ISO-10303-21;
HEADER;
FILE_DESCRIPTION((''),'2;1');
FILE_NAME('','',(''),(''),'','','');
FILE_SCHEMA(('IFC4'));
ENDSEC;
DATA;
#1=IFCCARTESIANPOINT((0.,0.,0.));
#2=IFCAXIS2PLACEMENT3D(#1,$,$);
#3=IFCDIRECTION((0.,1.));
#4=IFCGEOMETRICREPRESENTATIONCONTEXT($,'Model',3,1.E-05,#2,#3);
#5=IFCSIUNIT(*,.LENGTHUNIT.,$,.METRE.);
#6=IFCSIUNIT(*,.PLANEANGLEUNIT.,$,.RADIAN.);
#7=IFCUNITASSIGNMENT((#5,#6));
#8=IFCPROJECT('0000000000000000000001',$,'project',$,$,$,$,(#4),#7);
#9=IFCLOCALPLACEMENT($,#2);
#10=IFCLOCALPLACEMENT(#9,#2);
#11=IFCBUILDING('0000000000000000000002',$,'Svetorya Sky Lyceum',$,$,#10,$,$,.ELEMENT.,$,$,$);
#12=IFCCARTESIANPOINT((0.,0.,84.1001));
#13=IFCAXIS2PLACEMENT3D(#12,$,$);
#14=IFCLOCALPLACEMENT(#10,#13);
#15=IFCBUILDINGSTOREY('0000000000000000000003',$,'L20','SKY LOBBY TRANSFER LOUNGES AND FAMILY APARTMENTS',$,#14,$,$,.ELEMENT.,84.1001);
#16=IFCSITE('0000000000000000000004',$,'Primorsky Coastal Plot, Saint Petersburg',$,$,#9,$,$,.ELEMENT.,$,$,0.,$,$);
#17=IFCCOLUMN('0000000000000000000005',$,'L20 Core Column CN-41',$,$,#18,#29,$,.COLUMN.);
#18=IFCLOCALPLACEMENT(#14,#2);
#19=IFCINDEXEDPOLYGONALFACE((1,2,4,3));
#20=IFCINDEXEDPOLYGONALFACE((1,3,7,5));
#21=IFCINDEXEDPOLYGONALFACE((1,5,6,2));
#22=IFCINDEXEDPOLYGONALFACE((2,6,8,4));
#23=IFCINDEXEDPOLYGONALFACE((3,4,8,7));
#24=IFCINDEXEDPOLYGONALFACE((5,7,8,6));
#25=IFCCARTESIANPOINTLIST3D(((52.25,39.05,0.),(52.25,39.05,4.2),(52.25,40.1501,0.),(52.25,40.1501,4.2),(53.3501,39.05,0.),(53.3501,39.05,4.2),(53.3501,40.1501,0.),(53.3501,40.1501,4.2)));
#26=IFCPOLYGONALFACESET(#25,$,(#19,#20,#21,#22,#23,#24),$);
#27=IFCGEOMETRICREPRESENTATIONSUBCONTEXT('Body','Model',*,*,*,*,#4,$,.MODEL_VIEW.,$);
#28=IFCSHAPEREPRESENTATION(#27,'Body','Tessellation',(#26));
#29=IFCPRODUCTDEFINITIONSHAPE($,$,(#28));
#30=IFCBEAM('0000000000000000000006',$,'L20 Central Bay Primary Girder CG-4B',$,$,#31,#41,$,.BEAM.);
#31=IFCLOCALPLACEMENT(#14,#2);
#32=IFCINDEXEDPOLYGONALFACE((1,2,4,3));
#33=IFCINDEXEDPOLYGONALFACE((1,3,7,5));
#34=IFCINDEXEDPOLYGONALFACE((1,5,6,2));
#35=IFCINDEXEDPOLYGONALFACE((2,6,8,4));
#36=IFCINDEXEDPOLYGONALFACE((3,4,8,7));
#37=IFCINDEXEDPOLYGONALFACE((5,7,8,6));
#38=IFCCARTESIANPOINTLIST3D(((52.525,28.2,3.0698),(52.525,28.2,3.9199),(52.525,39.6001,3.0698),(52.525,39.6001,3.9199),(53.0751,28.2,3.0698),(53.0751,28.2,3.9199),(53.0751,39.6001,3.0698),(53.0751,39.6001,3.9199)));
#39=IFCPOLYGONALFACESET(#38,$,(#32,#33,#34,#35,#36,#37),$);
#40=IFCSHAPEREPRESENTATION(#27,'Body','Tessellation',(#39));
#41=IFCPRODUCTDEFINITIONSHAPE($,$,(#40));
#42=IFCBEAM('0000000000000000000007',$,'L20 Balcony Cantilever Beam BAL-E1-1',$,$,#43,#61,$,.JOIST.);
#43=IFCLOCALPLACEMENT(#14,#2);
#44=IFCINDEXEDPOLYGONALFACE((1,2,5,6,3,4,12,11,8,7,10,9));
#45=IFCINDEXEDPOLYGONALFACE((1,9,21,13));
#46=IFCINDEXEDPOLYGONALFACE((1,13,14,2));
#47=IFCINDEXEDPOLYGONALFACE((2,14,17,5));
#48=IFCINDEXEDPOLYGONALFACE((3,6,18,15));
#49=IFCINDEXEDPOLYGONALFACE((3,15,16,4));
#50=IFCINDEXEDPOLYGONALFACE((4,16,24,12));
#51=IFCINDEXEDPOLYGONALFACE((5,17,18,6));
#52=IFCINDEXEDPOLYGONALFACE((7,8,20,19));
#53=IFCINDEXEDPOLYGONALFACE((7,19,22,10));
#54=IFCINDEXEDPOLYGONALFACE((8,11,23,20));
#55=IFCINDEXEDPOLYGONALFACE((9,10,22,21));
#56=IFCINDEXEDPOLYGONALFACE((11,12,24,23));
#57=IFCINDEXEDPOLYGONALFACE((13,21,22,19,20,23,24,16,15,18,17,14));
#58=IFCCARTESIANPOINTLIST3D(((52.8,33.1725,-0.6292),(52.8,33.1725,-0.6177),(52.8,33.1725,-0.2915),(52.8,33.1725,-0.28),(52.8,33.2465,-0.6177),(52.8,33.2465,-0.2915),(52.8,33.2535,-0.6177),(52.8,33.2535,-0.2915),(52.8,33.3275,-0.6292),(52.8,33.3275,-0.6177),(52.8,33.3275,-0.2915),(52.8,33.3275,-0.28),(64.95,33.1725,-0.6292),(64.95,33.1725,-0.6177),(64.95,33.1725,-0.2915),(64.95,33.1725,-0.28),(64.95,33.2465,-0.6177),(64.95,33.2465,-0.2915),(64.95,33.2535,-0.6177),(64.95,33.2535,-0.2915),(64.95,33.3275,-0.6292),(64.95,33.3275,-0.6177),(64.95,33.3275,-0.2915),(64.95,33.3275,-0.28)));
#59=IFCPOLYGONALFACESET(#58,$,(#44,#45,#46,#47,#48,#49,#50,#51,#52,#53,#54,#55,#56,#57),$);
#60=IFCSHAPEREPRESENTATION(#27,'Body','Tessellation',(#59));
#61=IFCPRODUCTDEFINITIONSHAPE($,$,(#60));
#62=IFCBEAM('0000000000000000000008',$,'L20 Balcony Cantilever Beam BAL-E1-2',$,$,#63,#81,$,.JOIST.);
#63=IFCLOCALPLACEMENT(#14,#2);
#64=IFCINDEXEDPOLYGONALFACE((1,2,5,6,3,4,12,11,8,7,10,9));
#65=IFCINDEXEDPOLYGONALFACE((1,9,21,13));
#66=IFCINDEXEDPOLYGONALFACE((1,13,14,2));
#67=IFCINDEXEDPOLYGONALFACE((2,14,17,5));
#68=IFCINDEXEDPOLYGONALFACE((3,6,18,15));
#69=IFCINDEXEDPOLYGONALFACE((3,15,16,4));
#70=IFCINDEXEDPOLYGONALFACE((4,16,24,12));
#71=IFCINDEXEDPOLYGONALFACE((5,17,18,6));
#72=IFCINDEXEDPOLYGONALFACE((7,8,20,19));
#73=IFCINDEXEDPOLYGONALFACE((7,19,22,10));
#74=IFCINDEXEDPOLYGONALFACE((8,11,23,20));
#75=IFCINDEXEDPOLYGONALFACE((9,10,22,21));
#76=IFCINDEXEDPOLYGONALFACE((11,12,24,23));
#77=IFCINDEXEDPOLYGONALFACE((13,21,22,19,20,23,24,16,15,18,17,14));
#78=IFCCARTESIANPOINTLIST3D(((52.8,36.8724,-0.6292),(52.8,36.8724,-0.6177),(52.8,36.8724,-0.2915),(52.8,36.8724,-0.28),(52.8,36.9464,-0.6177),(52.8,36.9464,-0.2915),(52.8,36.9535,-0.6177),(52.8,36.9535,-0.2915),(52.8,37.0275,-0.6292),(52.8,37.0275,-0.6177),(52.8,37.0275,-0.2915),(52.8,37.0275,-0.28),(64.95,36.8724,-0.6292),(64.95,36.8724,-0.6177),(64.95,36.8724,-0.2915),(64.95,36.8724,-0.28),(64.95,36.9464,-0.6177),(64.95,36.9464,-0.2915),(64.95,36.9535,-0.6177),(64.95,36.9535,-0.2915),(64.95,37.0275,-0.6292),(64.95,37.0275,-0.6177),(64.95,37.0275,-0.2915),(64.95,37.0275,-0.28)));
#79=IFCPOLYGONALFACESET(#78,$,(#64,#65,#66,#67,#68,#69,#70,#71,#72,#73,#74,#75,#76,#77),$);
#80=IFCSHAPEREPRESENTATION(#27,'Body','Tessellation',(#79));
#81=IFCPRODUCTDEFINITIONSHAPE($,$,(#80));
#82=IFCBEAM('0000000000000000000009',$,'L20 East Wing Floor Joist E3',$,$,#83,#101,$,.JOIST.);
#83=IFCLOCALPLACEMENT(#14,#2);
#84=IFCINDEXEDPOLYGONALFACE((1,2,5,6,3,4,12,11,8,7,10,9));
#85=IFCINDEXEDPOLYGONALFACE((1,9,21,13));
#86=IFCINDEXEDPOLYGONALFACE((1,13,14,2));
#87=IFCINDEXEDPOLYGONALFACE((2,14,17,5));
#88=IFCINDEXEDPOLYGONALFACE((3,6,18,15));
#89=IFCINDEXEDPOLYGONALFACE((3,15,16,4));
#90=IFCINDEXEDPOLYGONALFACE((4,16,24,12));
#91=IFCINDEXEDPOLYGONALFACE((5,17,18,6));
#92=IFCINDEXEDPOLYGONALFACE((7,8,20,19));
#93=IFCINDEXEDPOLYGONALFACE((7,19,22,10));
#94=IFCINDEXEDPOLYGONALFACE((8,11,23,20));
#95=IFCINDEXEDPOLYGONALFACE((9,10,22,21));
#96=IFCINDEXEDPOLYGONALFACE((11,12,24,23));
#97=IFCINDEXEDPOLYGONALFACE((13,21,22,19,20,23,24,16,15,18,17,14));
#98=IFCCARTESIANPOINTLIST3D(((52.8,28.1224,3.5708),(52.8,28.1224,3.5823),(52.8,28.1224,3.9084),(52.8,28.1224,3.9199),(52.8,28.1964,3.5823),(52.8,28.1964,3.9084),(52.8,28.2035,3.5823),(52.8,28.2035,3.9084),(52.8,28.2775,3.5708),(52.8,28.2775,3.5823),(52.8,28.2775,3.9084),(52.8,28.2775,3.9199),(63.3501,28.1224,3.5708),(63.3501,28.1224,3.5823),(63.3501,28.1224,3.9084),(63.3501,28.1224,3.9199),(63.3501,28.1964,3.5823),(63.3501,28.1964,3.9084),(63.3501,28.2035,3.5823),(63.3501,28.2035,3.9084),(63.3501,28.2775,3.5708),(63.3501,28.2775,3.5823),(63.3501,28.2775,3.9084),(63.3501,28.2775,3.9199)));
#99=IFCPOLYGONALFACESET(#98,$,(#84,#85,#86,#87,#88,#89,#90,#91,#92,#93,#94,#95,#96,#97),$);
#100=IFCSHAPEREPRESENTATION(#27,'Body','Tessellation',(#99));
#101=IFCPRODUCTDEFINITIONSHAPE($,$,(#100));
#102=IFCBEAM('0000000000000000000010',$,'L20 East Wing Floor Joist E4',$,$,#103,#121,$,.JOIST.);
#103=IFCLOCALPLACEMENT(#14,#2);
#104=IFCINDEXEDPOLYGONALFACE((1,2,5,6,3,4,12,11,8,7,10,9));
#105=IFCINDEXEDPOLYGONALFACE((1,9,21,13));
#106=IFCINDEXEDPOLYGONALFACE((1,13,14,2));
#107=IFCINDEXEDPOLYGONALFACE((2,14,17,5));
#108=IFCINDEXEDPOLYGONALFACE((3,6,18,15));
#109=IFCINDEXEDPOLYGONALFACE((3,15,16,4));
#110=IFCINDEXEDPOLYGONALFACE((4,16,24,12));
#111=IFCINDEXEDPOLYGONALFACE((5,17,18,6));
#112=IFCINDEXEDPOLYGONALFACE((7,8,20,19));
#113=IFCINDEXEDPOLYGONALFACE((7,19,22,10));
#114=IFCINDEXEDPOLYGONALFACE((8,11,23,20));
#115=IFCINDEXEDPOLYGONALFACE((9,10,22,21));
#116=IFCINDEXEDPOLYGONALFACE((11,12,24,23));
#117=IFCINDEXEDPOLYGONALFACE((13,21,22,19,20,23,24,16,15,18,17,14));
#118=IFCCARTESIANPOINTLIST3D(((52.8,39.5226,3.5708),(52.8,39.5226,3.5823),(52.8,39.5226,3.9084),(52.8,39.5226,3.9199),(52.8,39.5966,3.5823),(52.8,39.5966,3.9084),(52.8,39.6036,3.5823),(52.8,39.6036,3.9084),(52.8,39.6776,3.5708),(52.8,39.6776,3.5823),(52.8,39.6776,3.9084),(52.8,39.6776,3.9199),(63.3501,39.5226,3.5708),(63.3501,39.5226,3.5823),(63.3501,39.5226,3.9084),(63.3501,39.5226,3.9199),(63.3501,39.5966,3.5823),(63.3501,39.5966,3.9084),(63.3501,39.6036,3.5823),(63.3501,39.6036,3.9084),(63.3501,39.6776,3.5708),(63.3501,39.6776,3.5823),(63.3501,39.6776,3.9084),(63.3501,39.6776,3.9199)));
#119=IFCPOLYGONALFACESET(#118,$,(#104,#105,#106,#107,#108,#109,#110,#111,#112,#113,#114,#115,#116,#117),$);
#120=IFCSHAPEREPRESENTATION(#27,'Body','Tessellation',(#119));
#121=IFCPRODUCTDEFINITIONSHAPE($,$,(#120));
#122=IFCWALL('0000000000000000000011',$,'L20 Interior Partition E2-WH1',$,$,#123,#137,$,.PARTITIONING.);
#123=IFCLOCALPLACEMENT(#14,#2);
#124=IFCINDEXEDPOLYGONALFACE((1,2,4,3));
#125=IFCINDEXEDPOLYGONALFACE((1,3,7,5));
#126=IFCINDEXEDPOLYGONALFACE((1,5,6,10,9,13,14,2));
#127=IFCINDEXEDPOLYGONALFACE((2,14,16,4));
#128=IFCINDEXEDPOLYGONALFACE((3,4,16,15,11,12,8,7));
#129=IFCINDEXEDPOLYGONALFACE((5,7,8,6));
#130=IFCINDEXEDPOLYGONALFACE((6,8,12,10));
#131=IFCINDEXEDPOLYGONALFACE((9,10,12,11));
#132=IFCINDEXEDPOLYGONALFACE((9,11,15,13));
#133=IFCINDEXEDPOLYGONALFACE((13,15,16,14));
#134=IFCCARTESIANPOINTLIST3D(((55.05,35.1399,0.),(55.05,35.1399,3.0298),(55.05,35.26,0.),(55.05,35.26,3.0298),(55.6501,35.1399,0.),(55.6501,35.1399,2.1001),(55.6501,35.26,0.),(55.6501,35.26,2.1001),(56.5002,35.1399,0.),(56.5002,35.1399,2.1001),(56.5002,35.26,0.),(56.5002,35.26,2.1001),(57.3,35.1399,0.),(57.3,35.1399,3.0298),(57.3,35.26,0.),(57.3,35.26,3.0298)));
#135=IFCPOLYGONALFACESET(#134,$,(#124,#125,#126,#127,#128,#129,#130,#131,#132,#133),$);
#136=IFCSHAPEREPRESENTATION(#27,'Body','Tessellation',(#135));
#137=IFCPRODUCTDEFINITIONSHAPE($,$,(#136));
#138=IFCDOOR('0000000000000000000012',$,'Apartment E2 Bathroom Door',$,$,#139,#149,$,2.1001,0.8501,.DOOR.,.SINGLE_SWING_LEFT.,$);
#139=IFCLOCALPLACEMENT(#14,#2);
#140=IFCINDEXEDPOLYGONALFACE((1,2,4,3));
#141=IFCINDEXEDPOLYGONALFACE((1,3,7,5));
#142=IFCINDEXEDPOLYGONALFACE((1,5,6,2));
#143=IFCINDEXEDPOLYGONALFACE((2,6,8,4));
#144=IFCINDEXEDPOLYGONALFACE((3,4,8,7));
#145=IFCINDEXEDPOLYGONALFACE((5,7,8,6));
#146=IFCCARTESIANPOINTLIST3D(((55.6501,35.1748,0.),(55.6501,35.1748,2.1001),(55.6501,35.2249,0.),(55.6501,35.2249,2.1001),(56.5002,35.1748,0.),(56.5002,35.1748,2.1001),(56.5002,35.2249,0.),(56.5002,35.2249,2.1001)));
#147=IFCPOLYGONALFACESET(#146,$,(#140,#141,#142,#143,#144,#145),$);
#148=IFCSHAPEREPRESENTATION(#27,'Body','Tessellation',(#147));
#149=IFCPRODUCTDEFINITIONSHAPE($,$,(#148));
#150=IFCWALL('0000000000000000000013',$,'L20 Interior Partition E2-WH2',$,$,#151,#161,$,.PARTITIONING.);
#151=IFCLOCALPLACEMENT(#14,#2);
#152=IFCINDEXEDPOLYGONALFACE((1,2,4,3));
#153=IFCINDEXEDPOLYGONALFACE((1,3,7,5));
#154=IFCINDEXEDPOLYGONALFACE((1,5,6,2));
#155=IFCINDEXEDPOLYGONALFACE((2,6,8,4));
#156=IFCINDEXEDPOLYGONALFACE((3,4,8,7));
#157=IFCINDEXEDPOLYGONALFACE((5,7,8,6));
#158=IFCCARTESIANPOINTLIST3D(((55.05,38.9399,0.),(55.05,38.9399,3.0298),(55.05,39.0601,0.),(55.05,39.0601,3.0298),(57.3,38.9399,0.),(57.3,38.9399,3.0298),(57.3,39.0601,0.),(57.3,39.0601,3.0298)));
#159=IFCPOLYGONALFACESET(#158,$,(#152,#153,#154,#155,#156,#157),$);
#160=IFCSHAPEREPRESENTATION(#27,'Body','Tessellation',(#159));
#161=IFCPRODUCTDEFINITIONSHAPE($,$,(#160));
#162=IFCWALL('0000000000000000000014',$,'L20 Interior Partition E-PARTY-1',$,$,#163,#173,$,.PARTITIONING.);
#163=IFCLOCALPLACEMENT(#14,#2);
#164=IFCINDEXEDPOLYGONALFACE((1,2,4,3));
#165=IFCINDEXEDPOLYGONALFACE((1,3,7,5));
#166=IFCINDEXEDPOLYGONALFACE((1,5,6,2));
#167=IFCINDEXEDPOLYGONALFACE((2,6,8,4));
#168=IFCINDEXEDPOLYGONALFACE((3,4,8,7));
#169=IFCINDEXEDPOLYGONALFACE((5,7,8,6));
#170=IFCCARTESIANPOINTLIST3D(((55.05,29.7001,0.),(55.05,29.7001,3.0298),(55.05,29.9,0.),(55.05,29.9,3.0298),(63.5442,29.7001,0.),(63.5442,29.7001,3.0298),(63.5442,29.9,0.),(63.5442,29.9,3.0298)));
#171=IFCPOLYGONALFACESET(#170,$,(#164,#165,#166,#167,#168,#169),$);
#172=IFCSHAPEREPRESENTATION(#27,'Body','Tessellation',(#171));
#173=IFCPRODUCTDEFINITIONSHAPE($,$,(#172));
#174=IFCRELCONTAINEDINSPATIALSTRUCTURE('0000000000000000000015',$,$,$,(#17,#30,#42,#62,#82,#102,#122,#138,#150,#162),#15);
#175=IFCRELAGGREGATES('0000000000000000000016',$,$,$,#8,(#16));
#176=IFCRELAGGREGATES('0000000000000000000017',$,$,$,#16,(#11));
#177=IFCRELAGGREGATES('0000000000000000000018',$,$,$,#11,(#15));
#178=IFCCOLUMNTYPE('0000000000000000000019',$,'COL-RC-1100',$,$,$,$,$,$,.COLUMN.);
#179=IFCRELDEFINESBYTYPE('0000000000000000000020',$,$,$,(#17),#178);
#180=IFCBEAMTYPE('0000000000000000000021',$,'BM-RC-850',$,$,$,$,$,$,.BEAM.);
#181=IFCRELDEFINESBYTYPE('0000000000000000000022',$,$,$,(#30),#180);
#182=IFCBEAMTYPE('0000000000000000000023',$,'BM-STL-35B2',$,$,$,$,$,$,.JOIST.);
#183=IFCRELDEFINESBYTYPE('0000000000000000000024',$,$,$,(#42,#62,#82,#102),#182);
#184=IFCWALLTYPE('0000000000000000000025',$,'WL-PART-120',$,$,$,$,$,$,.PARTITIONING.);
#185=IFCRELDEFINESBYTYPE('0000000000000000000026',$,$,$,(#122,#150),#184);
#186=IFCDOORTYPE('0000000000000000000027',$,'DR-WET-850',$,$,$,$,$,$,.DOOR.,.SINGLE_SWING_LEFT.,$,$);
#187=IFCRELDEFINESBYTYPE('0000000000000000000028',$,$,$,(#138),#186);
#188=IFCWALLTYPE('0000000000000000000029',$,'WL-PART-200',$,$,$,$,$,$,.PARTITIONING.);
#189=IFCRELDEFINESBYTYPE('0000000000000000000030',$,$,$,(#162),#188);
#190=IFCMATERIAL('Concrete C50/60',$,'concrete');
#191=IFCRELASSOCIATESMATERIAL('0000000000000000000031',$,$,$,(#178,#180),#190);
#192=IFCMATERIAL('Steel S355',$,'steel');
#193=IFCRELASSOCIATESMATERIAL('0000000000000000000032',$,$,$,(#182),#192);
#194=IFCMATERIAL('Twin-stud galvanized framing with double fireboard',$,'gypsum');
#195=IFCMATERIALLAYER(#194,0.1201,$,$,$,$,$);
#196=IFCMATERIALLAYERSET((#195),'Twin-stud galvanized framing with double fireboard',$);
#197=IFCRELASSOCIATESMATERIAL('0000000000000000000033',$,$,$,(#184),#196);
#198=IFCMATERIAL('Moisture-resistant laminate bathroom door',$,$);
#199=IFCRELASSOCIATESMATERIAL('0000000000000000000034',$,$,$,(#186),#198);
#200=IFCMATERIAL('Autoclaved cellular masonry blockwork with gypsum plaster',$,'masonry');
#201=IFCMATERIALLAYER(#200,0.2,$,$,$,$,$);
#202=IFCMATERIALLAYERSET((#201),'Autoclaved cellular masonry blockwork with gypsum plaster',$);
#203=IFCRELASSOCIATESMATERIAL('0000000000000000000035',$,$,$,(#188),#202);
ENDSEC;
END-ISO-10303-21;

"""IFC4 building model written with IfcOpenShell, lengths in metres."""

from ifc_helpers import new_model, si_unit, direction, frame, frame_2d, origin, origin_2d, place, context, subcontext, project, spatial, rectangle, i_section, extrude, material, layer, layer_set, material_profile, profile_set, type_object, element, fill, save


model = new_model("IFC4")

# Units and contexts
model_context = context("Model", 3, precision=1e-05, world=origin(), true_north=direction((0.0, 1.0)))
body_context = subcontext(model_context, "Body", "Model", "MODEL_VIEW")
ifc_project = project(units=[si_unit("LENGTHUNIT", "METRE"), si_unit("PLANEANGLEUNIT", "RADIAN")], contexts=[model_context])

# Site, building, storey
site_placement = place(None, origin())
site = spatial("IfcSite", under=ifc_project, at=site_placement, Name="Primorsky Coastal Plot, Saint Petersburg", CompositionType="ELEMENT", RefElevation=0.0)
building_placement = place(site_placement, origin())
building = spatial("IfcBuilding", under=site, at=building_placement, Name="Svetorya Sky Lyceum", CompositionType="ELEMENT")
storey_placement = place(building_placement, frame((0.0, 0.0, 84.1001)))
storey = spatial("IfcBuildingStorey", under=building, at=storey_placement, Name="L20", Description="SKY LOBBY TRANSFER LOUNGES AND FAMILY APARTMENTS", CompositionType="ELEMENT", Elevation=84.1001)

# Column
ifc_material_1 = material(Name="Concrete C50/60", Category="concrete")
ifc_material_profile_1 = material_profile(ifc_material_1, rectangle(XDim=1.1001, YDim=1.1001, at=origin_2d()), Name="RC COL 1100x1100")
ifc_profile_set_1 = profile_set([ifc_material_profile_1], Name="Concrete C50/60")
column_type = type_object("IfcColumnType", Name="COL-RC-1100", PredefinedType="COLUMN", material=ifc_profile_set_1)
column_placement = place(storey_placement, frame((52.8, 39.6001, 0.0), z_axis=(0.0, 0.0, 1.0), x_axis=(1.0, 0.0, 0.0)))
element("IfcColumn", 1, at=column_placement, inside=storey, type_object=column_type, Name="L20 Core Column CN-41", PredefinedType="COLUMN", context=body_context, shape_type="SweptSolid", body=[
    extrude(rectangle(XDim=1.1001, YDim=1.1001, at=origin_2d()), origin(), (0.0, 0.0, 1.0), 4.2),
])

# Beams
ifc_material_profile_2 = material_profile(ifc_material_1, rectangle(XDim=0.55, YDim=0.8501, at=origin_2d()), Name="RC BEAM 550x850")
ifc_profile_set_2 = profile_set([ifc_material_profile_2], Name="Concrete C50/60")
beam_type_1 = type_object("IfcBeamType", Name="BM-RC-850", PredefinedType="BEAM", material=ifc_profile_set_2)
beam_placement = place(storey_placement, frame((52.8, 28.2, 3.4949), z_axis=(0.0, 1.0, 0.0), x_axis=(-1.0, 0.0, 0.0)))
element("IfcBeam", 2, at=beam_placement, inside=storey, type_object=beam_type_1, Name="L20 Central Bay Primary Girder CG-4B", PredefinedType="BEAM", context=body_context, shape_type="SweptSolid", body=[
    extrude(rectangle(XDim=0.55, YDim=0.8501, at=origin_2d()), origin(), (0.0, 0.0, 1.0), 11.4001),
])
ifc_material_2 = material(Name="Steel S355", Category="steel")
ifc_material_profile_3 = material_profile(ifc_material_2, i_section(OverallWidth=0.155, OverallDepth=0.3491, WebThickness=0.0071, FlangeThickness=0.0115, at=origin_2d()), Name="GOST 35B2")
ifc_profile_set_3 = profile_set([ifc_material_profile_3], Name="Steel S355")
beam_type_2 = type_object("IfcBeamType", Name="BM-STL-35B2", PredefinedType="JOIST", material=ifc_profile_set_3)
for number, where, z_axis, x_axis, name in (
    (3, (52.8, 33.25, -0.4546), (1.0, 0.0, 0.0), (0.0, 1.0, 0.0), "L20 Balcony Cantilever Beam BAL-E1-1"),
    (4, (52.8, 36.95, -0.4546), (1.0, 0.0, 0.0), (0.0, 1.0, 0.0), "L20 Balcony Cantilever Beam BAL-E1-2"),
):
    element("IfcBeam", number, at=place(storey_placement, frame(where, z_axis=z_axis, x_axis=x_axis)), inside=storey, type_object=beam_type_2, Name=name, PredefinedType="JOIST", context=body_context, shape_type="SweptSolid", body=[
        extrude(i_section(OverallWidth=0.155, OverallDepth=0.3491, WebThickness=0.0071, FlangeThickness=0.0115, at=origin_2d()), origin(), (0.0, 0.0, 1.0), 12.1499),
    ])
for number, where, z_axis, x_axis, name in (
    (5, (52.8, 28.2, 3.7454), (1.0, 0.0, 0.0), (0.0, 1.0, 0.0), "L20 East Wing Floor Joist E3"),
    (6, (52.8, 39.6001, 3.7454), (1.0, 0.0, 0.0), (0.0, 1.0, 0.0), "L20 East Wing Floor Joist E4"),
):
    element("IfcBeam", number, at=place(storey_placement, frame(where, z_axis=z_axis, x_axis=x_axis)), inside=storey, type_object=beam_type_2, Name=name, PredefinedType="JOIST", context=body_context, shape_type="SweptSolid", body=[
        extrude(i_section(OverallWidth=0.155, OverallDepth=0.3491, WebThickness=0.0071, FlangeThickness=0.0115, at=origin_2d()), origin(), (0.0, 0.0, 1.0), 10.55),
    ])

# Wall, opening, door
ifc_material_3 = material(Name="Twin-stud galvanized framing with double fireboard", Category="gypsum")
ifc_layer_1 = layer(ifc_material_3, 0.1201)
ifc_layer_set_1 = layer_set([ifc_layer_1], Name="Twin-stud galvanized framing with double fireboard")
wall_type_1 = type_object("IfcWallType", Name="WL-PART-120", PredefinedType="PARTITIONING", material=ifc_layer_set_1)
wall_1_placement = place(storey_placement, frame((55.05, 35.2, 0.0), z_axis=(0.0, 0.0, 1.0), x_axis=(1.0, 0.0, 0.0)))
wall_1 = element("IfcWall", 7, at=wall_1_placement, inside=storey, type_object=wall_type_1, Name="L20 Interior Partition E2-WH1", PredefinedType="PARTITIONING", context=body_context, shape_type="SweptSolid", body=[
    extrude(rectangle(XDim=2.25, YDim=0.1201, at=frame_2d((1.125, 0.0))), origin(), (0.0, 0.0, 1.0), 3.0298),
])
opening_1_placement = place(wall_1_placement, frame((0.6001, 0.0, 0.0)))
opening_1 = element("IfcOpeningElement", 8, at=opening_1_placement, cuts=wall_1, PredefinedType="OPENING", context=body_context, shape_type="SweptSolid", body=[
    extrude(rectangle(XDim=0.8501, YDim=2.1001, at=frame_2d((0.425, 1.05))), frame((0.0, 0.0701, 0.0), z_axis=(0.0, -1.0, 0.0), x_axis=(1.0, 0.0, 0.0)), (0.0, 0.0, 1.0), 0.1401),
])
ifc_material_4 = material(Name="Moisture-resistant laminate bathroom door")
door_type_1 = type_object("IfcDoorType", Name="DR-WET-850", OperationType="SINGLE_SWING_LEFT", PredefinedType="DOOR", material=ifc_material_4)
door_1_placement = place(opening_1_placement, origin())
door_1 = element("IfcDoor", 9, at=door_1_placement, inside=storey, type_object=door_type_1, Name="Apartment E2 Bathroom Door", OperationType="SINGLE_SWING_LEFT", OverallHeight=2.1001, OverallWidth=0.8501, PredefinedType="DOOR", context=body_context, shape_type="SweptSolid", body=[
    extrude(rectangle(XDim=0.8501, YDim=2.1001, at=frame_2d((0.425, 1.05))), frame((0.0, 0.0249, 0.0), z_axis=(0.0, -1.0, 0.0), x_axis=(1.0, 0.0, 0.0)), (0.0, 0.0, 1.0), 0.05),
])
fill(opening_1, door_1)

# Walls
wall_2_placement = place(storey_placement, frame((55.05, 39.0, 0.0), z_axis=(0.0, 0.0, 1.0), x_axis=(1.0, 0.0, 0.0)))
element("IfcWall", 10, at=wall_2_placement, inside=storey, type_object=wall_type_1, Name="L20 Interior Partition E2-WH2", PredefinedType="PARTITIONING", context=body_context, shape_type="SweptSolid", body=[
    extrude(rectangle(XDim=2.25, YDim=0.1201, at=frame_2d((1.125, 0.0))), origin(), (0.0, 0.0, 1.0), 3.0298),
])
ifc_material_5 = material(Name="Autoclaved cellular masonry blockwork with gypsum plaster", Category="masonry")
ifc_layer_2 = layer(ifc_material_5, 0.2)
ifc_layer_set_2 = layer_set([ifc_layer_2], Name="Autoclaved cellular masonry blockwork with gypsum plaster")
wall_type_2 = type_object("IfcWallType", Name="WL-PART-200", PredefinedType="PARTITIONING", material=ifc_layer_set_2)
wall_3_placement = place(storey_placement, frame((55.05, 29.8, 0.0), z_axis=(0.0, 0.0, 1.0), x_axis=(1.0, 0.0, 0.0)))
element("IfcWall", 11, at=wall_3_placement, inside=storey, type_object=wall_type_2, Name="L20 Interior Partition E-PARTY-1", PredefinedType="PARTITIONING", context=body_context, shape_type="SweptSolid", body=[
    extrude(rectangle(XDim=8.4941, YDim=0.2, at=frame_2d((4.2471, 0.0))), origin(), (0.0, 0.0, 1.0), 3.0298),
])

save(model, "model.ifc")
